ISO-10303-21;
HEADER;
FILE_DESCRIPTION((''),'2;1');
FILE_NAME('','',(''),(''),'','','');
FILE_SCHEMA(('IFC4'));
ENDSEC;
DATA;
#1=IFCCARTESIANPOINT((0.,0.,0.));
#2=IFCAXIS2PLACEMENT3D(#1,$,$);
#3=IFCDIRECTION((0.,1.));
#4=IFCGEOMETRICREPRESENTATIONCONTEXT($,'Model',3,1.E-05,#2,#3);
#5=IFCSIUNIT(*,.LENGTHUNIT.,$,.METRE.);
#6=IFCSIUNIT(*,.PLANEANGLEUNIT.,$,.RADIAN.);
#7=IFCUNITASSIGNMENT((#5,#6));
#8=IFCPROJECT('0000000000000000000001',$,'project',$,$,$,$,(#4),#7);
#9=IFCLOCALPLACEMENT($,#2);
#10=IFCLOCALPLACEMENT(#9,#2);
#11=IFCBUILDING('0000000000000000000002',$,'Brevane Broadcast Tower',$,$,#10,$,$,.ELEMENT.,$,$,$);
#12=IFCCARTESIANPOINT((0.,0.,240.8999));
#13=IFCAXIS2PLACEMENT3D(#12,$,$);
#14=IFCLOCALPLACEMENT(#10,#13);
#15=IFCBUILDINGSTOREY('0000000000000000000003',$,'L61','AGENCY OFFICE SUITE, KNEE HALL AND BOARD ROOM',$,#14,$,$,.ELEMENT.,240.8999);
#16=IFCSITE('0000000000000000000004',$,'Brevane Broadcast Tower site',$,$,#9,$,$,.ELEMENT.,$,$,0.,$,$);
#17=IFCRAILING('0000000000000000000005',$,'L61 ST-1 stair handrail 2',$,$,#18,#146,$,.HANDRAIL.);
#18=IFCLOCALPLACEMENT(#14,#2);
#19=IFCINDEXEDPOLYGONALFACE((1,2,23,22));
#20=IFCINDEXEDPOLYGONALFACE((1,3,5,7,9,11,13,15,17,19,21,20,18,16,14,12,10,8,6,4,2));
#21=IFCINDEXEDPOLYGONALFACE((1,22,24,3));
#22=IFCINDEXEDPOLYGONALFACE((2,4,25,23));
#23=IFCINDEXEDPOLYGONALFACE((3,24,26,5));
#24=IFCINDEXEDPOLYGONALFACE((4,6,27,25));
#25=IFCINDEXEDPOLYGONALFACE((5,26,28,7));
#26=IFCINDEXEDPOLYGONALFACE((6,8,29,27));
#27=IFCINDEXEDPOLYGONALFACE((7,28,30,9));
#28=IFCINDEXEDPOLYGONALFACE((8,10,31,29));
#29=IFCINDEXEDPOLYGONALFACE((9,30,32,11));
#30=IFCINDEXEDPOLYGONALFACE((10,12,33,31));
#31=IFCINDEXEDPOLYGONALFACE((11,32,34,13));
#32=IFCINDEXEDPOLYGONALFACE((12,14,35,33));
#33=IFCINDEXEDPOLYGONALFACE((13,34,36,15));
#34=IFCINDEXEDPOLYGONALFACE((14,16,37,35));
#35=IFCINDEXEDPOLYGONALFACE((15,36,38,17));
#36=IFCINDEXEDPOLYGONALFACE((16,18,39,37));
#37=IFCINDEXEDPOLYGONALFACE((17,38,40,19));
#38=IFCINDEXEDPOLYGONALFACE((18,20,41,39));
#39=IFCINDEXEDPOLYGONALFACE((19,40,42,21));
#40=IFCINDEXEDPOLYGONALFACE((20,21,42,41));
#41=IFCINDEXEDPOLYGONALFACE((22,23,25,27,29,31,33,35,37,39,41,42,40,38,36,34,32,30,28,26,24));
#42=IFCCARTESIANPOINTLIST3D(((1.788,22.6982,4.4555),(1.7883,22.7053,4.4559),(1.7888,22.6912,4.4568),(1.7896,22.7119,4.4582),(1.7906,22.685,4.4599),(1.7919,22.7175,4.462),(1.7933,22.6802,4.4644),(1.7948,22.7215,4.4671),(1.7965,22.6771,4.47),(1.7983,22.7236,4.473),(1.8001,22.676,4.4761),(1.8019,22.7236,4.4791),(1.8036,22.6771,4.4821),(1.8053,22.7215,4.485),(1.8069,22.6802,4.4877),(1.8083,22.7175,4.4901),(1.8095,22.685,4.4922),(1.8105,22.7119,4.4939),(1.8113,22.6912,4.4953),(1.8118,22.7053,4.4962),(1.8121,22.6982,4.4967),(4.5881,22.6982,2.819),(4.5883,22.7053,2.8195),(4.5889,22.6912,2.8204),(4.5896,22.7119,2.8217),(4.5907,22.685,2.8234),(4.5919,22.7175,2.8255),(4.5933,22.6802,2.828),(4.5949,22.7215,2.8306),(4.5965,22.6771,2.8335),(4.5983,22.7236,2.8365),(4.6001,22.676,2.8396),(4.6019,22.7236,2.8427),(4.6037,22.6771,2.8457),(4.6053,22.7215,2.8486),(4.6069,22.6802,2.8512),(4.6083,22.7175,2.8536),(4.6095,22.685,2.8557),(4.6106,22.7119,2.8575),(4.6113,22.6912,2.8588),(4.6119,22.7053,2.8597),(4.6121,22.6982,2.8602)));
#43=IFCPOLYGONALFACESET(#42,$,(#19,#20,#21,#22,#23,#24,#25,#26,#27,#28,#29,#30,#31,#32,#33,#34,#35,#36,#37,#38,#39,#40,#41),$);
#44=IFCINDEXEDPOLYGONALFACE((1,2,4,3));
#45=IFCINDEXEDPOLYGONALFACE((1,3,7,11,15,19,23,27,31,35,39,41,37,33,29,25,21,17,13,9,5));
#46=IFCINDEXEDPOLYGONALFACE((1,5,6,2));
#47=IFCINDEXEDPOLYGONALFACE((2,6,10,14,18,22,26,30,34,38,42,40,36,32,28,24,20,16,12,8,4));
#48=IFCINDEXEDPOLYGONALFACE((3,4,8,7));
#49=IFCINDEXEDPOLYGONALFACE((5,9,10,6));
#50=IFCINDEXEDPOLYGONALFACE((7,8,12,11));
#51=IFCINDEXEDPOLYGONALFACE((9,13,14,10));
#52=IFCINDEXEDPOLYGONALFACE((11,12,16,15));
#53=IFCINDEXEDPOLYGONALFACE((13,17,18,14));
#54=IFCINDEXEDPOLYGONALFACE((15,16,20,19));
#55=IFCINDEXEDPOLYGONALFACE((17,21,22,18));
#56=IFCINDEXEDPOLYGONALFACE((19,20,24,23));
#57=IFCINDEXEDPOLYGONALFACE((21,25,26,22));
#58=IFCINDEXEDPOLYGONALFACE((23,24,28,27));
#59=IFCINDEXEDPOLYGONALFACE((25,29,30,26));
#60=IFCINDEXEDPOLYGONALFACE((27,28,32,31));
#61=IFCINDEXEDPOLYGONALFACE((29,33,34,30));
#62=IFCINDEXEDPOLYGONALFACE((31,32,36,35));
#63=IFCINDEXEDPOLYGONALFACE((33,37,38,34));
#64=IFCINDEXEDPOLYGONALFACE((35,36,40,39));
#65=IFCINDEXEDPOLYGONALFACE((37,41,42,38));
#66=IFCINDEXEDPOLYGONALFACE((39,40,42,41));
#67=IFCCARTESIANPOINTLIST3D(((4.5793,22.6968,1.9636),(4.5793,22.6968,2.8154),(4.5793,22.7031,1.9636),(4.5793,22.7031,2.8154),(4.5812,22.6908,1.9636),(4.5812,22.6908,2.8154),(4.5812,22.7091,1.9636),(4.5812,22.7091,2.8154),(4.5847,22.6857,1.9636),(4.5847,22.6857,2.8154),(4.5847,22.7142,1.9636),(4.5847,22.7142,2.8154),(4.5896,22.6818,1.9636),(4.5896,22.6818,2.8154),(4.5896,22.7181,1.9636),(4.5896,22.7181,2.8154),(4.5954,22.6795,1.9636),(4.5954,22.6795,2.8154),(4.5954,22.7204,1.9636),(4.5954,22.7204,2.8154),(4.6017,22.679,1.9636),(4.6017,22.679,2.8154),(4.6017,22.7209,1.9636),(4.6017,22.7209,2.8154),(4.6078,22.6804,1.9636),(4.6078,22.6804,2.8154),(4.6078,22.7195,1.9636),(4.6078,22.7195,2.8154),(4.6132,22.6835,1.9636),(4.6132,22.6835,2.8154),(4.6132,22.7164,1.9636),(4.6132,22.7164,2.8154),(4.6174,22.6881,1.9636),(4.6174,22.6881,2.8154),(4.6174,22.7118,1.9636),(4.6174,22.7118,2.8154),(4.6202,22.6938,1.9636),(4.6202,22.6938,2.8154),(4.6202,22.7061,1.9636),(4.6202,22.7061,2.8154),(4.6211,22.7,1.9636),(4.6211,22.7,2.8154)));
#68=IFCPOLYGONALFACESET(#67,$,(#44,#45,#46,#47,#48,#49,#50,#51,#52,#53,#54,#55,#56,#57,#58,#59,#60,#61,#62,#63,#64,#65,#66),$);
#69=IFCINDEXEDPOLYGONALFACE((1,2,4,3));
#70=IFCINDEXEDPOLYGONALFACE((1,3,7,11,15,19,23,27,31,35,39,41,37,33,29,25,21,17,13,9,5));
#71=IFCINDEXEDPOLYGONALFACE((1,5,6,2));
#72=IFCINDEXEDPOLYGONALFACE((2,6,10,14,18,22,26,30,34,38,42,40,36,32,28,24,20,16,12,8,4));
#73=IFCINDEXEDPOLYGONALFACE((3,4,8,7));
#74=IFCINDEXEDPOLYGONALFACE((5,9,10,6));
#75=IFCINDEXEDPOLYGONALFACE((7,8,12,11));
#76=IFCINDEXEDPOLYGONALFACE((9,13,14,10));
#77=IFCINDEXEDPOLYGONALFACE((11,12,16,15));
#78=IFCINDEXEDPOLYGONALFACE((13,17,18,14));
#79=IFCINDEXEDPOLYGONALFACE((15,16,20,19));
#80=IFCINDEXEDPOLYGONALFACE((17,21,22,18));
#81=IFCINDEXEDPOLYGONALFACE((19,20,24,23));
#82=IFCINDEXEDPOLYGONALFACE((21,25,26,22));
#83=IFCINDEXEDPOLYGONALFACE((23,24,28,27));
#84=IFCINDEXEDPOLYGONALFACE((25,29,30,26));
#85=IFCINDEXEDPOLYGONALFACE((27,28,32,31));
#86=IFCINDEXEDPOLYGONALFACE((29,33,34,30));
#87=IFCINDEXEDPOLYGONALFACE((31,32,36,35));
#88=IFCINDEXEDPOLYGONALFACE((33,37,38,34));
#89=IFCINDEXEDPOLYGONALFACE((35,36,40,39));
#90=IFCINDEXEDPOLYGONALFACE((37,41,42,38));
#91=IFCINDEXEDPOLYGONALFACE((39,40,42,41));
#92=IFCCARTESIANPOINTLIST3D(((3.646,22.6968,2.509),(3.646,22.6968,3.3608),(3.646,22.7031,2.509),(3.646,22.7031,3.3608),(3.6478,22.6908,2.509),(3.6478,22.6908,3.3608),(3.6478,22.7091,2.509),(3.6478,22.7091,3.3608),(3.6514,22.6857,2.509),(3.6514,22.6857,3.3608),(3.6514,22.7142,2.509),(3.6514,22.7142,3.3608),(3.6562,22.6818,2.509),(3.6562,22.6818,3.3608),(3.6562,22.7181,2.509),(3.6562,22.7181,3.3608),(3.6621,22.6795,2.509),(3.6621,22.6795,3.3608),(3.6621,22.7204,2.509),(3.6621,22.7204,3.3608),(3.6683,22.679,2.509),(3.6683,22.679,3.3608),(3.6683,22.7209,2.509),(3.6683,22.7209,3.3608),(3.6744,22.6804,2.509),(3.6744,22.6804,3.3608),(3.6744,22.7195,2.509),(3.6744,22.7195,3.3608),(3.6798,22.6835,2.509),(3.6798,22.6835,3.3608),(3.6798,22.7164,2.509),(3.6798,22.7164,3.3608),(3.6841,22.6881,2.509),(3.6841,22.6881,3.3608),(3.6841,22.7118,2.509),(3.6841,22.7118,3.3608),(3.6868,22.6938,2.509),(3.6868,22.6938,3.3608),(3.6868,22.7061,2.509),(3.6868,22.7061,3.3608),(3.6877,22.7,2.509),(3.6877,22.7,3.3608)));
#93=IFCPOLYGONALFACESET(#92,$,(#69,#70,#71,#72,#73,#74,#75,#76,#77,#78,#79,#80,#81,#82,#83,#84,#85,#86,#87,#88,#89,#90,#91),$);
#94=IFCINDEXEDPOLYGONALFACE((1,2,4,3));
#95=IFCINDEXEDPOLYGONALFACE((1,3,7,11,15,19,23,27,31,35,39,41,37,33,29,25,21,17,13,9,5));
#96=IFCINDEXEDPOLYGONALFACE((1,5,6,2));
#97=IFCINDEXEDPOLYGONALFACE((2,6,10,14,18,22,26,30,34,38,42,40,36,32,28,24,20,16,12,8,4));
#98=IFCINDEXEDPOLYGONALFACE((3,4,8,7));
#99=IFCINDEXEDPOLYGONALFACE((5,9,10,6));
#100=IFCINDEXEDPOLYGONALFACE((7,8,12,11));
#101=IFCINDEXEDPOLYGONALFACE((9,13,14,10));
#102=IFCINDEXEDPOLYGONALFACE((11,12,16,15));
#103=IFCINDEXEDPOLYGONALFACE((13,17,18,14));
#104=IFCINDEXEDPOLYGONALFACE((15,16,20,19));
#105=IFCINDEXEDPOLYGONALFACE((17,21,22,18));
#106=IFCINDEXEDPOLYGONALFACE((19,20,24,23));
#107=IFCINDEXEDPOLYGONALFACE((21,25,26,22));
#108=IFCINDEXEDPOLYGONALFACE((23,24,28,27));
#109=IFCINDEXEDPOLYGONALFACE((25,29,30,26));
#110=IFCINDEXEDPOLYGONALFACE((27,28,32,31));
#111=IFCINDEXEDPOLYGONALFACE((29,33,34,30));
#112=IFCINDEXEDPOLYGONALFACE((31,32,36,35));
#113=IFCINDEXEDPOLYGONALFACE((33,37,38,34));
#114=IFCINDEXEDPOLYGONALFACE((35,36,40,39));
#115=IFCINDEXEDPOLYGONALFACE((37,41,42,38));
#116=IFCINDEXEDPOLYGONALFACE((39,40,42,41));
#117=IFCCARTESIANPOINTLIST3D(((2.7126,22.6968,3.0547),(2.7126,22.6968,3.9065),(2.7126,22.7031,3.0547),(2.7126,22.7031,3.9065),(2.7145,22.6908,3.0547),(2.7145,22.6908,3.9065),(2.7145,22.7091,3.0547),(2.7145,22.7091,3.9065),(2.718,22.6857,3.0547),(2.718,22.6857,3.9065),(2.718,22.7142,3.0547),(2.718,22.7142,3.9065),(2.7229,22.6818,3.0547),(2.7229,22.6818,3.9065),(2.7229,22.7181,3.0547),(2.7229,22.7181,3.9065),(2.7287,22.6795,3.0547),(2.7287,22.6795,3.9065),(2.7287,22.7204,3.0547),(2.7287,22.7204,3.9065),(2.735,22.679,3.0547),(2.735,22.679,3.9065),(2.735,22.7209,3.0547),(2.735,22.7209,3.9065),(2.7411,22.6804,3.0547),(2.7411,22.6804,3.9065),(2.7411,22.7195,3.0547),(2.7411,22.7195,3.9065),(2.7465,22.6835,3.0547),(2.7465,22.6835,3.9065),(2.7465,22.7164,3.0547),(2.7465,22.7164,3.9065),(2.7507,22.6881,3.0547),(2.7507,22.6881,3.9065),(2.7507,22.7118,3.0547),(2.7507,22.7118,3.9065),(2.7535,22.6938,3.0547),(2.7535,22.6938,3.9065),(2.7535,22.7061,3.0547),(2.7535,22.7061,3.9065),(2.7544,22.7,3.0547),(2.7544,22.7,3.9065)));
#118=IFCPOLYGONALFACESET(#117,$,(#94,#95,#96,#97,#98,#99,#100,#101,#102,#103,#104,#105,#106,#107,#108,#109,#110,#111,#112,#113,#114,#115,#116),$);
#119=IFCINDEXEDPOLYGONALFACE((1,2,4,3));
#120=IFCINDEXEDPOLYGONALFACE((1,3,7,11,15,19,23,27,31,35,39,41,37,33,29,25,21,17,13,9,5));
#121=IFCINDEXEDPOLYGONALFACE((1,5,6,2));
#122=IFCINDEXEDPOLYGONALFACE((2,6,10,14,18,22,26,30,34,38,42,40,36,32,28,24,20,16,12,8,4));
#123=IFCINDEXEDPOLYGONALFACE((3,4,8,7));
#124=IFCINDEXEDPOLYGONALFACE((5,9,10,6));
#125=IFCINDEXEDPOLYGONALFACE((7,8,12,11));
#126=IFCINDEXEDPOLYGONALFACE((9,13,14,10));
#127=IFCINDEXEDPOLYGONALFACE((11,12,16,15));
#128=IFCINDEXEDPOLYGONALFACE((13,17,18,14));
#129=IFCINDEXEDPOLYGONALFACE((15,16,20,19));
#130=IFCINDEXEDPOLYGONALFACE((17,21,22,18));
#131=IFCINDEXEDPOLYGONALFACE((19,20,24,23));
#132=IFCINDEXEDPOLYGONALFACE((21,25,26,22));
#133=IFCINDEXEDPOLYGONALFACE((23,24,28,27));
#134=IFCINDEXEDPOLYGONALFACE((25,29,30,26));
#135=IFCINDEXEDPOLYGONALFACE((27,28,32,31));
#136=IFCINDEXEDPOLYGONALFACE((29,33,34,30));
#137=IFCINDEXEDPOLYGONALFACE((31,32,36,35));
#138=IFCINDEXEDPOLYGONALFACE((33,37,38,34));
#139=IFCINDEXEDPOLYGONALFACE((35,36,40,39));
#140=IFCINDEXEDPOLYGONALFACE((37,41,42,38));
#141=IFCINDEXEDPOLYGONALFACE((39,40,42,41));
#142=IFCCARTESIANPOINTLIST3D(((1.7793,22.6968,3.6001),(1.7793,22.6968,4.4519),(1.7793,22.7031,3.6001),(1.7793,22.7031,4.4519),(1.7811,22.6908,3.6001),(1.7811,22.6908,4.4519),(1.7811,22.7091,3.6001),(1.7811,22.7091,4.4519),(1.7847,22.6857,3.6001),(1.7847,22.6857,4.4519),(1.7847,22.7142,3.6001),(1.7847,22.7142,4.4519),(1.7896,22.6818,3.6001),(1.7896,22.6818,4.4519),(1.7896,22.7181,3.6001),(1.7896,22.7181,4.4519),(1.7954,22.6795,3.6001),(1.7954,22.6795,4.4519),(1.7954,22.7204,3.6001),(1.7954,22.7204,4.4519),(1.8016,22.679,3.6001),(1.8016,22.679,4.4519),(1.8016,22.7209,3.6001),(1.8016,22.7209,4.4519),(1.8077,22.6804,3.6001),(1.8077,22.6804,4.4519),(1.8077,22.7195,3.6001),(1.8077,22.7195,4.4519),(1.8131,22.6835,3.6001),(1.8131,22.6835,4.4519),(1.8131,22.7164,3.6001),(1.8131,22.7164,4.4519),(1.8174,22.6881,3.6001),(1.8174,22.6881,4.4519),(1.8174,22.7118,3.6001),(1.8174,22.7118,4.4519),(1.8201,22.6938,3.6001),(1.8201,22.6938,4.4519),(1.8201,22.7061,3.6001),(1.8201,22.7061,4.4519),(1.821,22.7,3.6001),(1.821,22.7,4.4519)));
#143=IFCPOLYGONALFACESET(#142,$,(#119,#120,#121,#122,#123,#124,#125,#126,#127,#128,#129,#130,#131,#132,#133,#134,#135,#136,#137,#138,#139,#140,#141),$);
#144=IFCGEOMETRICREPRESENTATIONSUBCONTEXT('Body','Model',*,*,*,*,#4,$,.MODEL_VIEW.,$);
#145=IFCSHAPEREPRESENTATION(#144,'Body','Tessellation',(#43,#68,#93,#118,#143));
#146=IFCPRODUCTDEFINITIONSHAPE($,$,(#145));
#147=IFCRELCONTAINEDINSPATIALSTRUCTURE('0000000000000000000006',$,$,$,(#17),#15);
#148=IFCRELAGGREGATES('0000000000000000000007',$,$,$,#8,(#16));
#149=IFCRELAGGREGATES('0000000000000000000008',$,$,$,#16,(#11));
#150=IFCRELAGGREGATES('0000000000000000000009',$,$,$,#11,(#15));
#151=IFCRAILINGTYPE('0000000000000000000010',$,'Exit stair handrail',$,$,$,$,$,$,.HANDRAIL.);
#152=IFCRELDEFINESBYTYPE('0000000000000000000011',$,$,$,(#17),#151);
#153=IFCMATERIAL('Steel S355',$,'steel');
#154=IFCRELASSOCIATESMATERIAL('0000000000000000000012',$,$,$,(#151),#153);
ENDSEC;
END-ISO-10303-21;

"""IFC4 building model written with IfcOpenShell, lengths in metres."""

from ifc_helpers import new_model, si_unit, direction, frame, origin, origin_2d, place, context, subcontext, project, spatial, circle, extrude, material, type_object, element, save


model = new_model("IFC4")

# Units and contexts
model_context = context("Model", 3, precision=1e-05, world=origin(), true_north=direction((0.0, 1.0)))
body_context = subcontext(model_context, "Body", "Model", "MODEL_VIEW")
ifc_project = project(units=[si_unit("LENGTHUNIT", "METRE"), si_unit("PLANEANGLEUNIT", "RADIAN")], contexts=[model_context])

# Site, building, storey
site_placement = place(None, origin())
site = spatial("IfcSite", under=ifc_project, at=site_placement, Name="Brevane Broadcast Tower site", CompositionType="ELEMENT", RefElevation=0.0)
building_placement = place(site_placement, origin())
building = spatial("IfcBuilding", under=site, at=building_placement, Name="Brevane Broadcast Tower", CompositionType="ELEMENT")
storey_placement = place(building_placement, frame((0.0, 0.0, 240.8999)))
storey = spatial("IfcBuildingStorey", under=building, at=storey_placement, Name="L61", Description="AGENCY OFFICE SUITE, KNEE HALL AND BOARD ROOM", CompositionType="ELEMENT", Elevation=240.8999)

# Railing
ifc_material_1 = material(Name="Steel S355", Category="steel")
railing_type_1 = type_object("IfcRailingType", Name="Exit stair handrail", PredefinedType="HANDRAIL", material=ifc_material_1)
railing_1_placement = place(storey_placement, frame((4.6001, 22.7, 1.9636)))
element("IfcRailing", 1, at=railing_1_placement, inside=storey, type_object=railing_type_1, Name="L61 ST-1 stair handrail 2", PredefinedType="HANDRAIL", context=body_context, shape_type="SweptSolid", body=[
    extrude(circle(Radius=0.0239, at=origin_2d()), frame((0.0, 0.0, 0.876), z_axis=(-0.863361, 0.0, 0.504587), x_axis=(0.0, -1.0, 0.0)), (0.0, 0.0, 1.0), 3.2432),
    extrude(circle(Radius=0.021, at=origin_2d()), origin(), (0.0, 0.0, 1.0), 0.8518),
    extrude(circle(Radius=0.021, at=origin_2d()), frame((-0.9333, 0.0, 0.5454)), (0.0, 0.0, 1.0), 0.8518),
    extrude(circle(Radius=0.021, at=origin_2d()), frame((-1.8667, 0.0, 1.0911)), (0.0, 0.0, 1.0), 0.8518),
    extrude(circle(Radius=0.021, at=origin_2d()), frame((-2.8, 0.0, 1.6365)), (0.0, 0.0, 1.0), 0.8518),
])

save(model, "model.ifc")
